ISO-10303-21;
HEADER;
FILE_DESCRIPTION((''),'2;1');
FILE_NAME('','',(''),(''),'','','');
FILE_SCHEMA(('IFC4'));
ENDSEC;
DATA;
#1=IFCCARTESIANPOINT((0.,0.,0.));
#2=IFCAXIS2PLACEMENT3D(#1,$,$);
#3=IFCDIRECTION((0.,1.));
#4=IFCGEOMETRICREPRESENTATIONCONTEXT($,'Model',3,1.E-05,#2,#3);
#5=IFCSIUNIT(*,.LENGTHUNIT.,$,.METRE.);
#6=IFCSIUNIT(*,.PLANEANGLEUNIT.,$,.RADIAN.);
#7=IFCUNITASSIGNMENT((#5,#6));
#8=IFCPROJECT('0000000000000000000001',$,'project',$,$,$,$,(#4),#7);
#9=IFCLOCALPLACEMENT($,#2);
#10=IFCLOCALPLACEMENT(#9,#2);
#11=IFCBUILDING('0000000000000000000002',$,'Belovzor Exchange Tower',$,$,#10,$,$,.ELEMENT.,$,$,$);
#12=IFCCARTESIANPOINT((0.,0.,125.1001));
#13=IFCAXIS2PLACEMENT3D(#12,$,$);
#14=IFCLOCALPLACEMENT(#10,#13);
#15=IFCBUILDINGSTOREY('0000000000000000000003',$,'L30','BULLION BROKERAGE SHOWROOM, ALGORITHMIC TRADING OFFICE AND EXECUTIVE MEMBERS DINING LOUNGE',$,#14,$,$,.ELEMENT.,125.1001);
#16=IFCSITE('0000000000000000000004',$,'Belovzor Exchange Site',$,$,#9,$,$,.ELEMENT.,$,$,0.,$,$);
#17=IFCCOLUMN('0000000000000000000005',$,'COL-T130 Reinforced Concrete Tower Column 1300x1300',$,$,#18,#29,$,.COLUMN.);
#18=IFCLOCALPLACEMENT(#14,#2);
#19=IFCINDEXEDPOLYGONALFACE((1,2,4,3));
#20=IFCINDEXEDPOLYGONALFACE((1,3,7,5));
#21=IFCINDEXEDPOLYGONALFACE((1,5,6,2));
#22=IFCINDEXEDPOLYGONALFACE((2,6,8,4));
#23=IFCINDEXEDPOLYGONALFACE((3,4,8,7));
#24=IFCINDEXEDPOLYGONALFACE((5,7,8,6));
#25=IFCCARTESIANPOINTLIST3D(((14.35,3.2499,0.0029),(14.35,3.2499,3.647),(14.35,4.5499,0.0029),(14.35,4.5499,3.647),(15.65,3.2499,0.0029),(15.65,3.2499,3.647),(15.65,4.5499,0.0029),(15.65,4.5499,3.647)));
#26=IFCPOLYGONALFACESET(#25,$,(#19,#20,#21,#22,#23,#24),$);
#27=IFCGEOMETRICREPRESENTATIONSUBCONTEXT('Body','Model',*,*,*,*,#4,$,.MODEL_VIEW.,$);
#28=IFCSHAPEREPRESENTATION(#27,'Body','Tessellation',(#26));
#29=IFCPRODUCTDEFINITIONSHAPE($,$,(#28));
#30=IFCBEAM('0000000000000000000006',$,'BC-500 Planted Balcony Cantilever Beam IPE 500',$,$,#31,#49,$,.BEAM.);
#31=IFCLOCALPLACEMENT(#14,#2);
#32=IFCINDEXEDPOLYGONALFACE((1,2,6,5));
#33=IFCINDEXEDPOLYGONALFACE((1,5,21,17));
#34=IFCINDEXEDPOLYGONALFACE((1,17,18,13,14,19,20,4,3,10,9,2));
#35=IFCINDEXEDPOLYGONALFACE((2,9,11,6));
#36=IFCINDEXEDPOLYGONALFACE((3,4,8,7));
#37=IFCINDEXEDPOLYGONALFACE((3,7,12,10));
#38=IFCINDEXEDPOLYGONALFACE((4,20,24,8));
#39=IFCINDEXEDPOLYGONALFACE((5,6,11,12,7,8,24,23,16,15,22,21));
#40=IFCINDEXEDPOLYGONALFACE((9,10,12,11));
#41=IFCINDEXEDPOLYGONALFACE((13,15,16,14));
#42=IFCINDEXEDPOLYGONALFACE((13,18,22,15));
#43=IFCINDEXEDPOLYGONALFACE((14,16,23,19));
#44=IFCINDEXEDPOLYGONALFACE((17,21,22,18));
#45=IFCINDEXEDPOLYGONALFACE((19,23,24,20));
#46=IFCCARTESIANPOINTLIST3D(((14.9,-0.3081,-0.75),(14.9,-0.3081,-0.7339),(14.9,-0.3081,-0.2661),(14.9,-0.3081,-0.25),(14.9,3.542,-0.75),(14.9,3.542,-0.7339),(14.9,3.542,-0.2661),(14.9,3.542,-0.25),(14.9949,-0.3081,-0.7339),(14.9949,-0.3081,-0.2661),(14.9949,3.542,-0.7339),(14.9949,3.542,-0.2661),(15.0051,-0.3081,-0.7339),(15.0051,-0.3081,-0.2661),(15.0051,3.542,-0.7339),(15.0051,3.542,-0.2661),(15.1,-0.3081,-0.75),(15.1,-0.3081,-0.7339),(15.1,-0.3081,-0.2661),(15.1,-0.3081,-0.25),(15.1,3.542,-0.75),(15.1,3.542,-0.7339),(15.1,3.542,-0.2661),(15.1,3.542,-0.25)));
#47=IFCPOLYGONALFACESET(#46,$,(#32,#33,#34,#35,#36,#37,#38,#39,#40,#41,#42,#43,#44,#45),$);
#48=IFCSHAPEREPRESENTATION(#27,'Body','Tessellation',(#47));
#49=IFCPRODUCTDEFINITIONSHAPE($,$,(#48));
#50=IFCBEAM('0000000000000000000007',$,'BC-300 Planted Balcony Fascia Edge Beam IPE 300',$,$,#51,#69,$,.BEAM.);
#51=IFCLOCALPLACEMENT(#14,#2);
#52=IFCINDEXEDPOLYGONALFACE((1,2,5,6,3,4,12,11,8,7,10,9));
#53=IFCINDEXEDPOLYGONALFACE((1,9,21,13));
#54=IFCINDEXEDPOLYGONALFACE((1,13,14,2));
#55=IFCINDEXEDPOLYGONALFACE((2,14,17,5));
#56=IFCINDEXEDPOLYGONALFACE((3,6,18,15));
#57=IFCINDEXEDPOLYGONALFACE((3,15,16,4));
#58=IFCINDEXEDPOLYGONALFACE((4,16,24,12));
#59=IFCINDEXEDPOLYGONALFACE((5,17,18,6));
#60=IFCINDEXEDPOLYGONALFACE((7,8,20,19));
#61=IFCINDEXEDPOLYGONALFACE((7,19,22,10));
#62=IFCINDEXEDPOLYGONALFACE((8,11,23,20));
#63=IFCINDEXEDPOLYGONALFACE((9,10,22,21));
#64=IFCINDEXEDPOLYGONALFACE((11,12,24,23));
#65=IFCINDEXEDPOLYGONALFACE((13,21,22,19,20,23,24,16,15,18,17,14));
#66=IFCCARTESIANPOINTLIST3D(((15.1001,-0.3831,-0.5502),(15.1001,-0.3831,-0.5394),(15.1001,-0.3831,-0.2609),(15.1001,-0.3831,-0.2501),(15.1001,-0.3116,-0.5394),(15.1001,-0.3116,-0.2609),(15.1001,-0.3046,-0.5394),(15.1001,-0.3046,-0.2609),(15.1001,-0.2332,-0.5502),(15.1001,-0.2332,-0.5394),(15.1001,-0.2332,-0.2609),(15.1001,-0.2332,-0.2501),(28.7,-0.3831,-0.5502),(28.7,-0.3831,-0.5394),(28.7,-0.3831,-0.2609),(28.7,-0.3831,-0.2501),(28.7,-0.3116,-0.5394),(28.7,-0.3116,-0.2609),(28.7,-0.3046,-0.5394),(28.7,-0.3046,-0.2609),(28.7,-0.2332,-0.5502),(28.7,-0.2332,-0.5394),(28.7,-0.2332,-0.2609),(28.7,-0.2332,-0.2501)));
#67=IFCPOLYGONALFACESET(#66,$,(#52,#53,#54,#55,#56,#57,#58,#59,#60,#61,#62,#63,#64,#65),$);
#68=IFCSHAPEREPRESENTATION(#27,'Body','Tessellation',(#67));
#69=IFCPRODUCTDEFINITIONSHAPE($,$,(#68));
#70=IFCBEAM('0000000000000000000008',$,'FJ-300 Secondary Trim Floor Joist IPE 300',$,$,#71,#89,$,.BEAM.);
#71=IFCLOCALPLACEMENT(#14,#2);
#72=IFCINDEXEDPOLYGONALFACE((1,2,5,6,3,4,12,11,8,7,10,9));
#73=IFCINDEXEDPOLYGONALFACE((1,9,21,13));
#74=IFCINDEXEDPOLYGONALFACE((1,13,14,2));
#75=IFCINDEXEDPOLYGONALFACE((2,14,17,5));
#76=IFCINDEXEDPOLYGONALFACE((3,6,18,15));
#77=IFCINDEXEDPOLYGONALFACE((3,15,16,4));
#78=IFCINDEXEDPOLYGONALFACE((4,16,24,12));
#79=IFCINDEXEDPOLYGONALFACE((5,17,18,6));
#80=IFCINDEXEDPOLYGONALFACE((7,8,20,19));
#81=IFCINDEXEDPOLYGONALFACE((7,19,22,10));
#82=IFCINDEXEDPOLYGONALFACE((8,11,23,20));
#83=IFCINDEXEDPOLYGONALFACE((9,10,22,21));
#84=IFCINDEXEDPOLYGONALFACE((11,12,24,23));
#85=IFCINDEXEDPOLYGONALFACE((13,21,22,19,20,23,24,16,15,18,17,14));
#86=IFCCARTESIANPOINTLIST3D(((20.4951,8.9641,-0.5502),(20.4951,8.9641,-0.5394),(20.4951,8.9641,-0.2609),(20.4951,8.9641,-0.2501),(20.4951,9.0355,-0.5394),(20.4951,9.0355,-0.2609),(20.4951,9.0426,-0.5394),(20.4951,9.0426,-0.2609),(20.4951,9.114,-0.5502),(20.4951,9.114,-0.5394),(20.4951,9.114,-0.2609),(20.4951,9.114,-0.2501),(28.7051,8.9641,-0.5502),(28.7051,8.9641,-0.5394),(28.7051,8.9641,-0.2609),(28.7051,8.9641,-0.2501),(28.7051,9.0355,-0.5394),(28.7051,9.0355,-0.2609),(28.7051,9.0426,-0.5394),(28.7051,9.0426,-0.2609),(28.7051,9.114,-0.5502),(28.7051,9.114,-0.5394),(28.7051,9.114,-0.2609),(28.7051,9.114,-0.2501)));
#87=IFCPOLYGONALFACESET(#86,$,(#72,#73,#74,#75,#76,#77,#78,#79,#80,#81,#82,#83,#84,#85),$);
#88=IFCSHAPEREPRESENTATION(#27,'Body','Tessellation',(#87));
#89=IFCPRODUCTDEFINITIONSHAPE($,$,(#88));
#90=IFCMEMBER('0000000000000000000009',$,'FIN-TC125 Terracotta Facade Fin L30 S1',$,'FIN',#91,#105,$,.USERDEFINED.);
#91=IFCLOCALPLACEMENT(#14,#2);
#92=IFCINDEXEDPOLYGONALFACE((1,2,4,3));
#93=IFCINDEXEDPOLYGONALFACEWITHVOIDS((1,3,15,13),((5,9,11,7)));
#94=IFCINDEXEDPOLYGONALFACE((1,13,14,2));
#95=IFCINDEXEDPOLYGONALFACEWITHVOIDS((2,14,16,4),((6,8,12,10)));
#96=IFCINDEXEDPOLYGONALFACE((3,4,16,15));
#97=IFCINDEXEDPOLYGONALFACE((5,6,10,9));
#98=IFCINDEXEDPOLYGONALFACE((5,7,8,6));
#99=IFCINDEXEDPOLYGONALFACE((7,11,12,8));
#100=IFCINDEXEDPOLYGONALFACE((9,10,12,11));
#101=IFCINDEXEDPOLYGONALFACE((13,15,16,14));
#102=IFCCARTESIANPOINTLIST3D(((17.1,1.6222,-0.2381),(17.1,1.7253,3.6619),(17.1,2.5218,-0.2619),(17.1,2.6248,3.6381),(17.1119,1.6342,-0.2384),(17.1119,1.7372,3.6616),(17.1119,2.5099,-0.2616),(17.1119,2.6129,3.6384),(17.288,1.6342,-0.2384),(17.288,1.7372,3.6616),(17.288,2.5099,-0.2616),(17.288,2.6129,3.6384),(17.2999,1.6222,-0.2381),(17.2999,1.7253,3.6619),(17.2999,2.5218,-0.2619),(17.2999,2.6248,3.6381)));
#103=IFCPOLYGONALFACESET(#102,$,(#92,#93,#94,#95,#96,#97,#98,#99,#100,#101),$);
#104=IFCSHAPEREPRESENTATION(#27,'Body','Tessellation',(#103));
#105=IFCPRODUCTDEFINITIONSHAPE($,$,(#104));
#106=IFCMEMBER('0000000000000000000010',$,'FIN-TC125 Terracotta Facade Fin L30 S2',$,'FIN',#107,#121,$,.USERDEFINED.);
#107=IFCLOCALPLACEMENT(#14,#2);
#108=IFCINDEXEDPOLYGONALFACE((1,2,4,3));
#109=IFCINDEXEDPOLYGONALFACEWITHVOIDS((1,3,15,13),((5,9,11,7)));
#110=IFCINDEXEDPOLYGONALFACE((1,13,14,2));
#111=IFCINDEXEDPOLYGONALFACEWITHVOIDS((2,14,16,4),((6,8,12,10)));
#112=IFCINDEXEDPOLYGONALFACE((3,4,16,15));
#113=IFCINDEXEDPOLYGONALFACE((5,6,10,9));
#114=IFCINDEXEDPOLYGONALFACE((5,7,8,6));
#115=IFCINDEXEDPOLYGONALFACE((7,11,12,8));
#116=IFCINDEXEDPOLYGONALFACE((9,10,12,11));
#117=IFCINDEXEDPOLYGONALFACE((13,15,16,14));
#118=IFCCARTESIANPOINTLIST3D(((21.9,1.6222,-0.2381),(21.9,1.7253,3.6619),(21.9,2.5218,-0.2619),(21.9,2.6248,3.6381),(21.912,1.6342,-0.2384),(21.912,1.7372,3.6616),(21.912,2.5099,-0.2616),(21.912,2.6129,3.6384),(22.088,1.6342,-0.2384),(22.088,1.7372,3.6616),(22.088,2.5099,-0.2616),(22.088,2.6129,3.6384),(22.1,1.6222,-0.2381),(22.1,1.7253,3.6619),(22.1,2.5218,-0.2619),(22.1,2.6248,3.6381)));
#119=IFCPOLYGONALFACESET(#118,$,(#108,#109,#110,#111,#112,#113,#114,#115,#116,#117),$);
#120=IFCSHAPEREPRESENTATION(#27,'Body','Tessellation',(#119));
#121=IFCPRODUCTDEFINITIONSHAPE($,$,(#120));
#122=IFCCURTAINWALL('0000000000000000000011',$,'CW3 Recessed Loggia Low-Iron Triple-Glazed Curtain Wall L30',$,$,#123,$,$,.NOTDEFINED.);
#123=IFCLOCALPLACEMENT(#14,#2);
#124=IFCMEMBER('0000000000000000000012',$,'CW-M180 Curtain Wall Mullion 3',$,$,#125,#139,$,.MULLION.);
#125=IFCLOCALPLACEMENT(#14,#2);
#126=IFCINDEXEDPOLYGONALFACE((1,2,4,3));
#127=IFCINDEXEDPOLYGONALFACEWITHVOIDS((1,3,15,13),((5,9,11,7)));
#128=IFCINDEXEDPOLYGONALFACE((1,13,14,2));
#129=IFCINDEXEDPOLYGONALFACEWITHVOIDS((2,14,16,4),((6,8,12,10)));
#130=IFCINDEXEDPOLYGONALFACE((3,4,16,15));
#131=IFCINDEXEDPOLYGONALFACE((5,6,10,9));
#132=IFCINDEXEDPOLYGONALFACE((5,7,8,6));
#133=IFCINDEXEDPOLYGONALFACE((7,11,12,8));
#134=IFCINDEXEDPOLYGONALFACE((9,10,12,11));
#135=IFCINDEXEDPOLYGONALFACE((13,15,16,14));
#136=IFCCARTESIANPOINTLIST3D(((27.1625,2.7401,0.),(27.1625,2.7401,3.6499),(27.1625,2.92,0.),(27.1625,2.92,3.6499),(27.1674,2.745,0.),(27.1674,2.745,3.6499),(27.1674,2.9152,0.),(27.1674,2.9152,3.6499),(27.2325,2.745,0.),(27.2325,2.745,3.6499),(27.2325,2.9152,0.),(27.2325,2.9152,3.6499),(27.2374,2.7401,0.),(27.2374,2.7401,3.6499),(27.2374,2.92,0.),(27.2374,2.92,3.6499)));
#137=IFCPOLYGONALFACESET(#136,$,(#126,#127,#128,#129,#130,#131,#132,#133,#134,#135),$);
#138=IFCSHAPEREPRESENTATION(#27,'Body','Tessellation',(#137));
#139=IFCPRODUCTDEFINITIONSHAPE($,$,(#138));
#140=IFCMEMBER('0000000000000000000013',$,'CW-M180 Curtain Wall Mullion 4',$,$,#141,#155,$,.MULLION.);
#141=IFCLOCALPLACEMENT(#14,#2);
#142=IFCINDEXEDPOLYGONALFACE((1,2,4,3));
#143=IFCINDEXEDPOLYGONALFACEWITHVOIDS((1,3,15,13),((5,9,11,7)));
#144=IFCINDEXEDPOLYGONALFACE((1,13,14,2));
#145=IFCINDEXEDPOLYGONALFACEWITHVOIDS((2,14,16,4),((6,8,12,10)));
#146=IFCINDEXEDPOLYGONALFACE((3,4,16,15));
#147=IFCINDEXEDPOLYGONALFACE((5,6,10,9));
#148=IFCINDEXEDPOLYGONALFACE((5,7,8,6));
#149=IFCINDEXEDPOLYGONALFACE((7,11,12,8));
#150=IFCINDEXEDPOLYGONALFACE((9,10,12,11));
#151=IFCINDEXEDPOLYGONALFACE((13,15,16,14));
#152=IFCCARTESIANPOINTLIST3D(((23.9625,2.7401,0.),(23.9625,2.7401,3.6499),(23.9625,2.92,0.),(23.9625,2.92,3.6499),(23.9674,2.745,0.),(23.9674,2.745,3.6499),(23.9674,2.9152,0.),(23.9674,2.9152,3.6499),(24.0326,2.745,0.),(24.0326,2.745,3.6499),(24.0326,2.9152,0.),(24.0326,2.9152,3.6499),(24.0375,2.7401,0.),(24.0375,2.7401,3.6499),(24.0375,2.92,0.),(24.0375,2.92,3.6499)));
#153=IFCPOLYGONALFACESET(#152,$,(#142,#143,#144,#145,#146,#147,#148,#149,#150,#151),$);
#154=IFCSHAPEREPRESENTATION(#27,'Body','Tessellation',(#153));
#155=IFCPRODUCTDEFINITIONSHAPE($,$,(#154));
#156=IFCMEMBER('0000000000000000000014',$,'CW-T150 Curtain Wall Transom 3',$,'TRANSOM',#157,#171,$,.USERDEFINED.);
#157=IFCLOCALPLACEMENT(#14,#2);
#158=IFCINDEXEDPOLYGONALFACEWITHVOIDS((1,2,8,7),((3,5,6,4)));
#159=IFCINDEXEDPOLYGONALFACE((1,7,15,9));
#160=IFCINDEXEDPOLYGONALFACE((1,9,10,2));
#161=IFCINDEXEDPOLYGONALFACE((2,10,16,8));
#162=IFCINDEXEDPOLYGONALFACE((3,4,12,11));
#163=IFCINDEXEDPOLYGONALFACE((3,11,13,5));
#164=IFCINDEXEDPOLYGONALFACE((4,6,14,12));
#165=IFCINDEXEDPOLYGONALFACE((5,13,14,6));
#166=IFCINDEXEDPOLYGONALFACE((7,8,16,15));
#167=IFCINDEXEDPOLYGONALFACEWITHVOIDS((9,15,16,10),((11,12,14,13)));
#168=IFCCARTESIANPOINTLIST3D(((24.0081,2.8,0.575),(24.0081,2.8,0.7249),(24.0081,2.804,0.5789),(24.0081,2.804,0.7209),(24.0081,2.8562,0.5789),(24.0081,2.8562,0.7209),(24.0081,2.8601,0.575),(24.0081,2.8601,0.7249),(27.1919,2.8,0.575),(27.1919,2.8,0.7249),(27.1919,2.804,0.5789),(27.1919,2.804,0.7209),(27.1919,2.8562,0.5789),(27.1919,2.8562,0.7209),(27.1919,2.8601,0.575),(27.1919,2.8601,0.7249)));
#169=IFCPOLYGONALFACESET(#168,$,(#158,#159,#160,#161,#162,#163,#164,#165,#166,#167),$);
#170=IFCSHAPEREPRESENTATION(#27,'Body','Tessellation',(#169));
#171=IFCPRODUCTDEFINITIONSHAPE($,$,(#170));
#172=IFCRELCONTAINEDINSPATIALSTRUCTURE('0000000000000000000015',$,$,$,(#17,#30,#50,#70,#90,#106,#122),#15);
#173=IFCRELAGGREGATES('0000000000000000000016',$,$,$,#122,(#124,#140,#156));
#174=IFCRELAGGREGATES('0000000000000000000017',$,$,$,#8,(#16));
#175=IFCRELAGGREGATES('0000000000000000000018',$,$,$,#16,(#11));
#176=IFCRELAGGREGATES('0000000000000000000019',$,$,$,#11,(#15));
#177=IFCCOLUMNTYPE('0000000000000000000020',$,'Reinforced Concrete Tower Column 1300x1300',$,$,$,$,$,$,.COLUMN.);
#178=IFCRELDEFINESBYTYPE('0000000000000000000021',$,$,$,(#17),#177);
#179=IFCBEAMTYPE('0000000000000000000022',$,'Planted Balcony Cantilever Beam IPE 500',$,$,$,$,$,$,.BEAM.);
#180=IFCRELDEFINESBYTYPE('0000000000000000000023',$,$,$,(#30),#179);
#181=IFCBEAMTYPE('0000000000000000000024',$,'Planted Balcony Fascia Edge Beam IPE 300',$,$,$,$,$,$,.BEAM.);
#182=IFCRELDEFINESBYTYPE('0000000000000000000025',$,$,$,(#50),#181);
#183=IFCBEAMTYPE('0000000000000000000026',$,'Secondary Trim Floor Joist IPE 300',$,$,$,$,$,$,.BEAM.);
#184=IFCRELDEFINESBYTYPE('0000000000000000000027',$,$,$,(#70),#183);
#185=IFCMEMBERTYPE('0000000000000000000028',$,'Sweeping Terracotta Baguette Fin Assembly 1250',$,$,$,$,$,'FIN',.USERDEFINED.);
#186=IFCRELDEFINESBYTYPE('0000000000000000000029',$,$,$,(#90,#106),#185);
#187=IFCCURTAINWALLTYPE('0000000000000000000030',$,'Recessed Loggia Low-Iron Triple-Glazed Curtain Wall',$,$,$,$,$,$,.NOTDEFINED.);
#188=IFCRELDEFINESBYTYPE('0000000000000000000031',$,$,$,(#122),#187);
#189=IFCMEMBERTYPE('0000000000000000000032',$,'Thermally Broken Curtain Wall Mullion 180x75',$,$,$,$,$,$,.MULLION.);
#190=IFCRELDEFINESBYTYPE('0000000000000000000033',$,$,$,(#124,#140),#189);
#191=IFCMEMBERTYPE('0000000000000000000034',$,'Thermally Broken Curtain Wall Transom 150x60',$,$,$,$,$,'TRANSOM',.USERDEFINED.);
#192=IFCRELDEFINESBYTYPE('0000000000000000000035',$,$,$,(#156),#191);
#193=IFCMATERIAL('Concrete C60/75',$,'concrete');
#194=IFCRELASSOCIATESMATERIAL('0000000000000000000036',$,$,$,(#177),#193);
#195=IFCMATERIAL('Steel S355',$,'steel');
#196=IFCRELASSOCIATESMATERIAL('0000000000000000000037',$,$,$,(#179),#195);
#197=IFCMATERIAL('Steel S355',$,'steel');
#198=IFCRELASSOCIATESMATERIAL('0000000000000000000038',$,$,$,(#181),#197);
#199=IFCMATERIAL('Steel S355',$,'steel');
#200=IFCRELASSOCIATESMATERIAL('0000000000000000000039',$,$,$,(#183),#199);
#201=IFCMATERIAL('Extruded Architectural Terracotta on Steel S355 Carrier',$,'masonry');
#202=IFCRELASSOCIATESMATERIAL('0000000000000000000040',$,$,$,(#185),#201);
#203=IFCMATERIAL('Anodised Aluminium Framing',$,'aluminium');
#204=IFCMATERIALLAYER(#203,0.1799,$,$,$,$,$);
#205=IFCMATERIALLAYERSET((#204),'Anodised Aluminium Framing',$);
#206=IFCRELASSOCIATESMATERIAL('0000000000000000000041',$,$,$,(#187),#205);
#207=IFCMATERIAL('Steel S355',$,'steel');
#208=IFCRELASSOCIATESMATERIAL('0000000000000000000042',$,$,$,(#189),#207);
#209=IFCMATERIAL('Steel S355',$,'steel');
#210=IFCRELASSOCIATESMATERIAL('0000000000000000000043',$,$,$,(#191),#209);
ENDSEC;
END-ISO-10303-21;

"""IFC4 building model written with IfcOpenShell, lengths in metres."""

from ifc_helpers import new_model, si_unit, direction, frame, origin, origin_2d, place, context, subcontext, project, spatial, rectangle, hollow_rectangle, i_section, extrude, material, layer, layer_set, material_profile, profile_set, type_object, element, aggregate, save


model = new_model("IFC4")

# Units and contexts
model_context = context("Model", 3, precision=1e-05, world=origin(), true_north=direction((0.0, 1.0)))
body_context = subcontext(model_context, "Body", "Model", "MODEL_VIEW")
ifc_project = project(units=[si_unit("LENGTHUNIT", "METRE"), si_unit("PLANEANGLEUNIT", "RADIAN")], contexts=[model_context])

# Site, building, storey
site_placement = place(None, origin())
site = spatial("IfcSite", under=ifc_project, at=site_placement, Name="Belovzor Exchange Site", CompositionType="ELEMENT", RefElevation=0.0)
building_placement = place(site_placement, origin())
building = spatial("IfcBuilding", under=site, at=building_placement, Name="Belovzor Exchange Tower", CompositionType="ELEMENT")
storey_placement = place(building_placement, frame((0.0, 0.0, 125.1001)))
storey = spatial("IfcBuildingStorey", under=building, at=storey_placement, Name="L30", Description="BULLION BROKERAGE SHOWROOM, ALGORITHMIC TRADING OFFICE AND EXECUTIVE MEMBERS DINING LOUNGE", CompositionType="ELEMENT", Elevation=125.1001)

# Column
ifc_material_1 = material(Name="Concrete C60/75", Category="concrete")
ifc_material_profile_1 = material_profile(ifc_material_1, rectangle(XDim=1.3, YDim=1.3, at=origin_2d()))
ifc_profile_set_1 = profile_set([ifc_material_profile_1], Name="Concrete C60/75")
column_type = type_object("IfcColumnType", Name="Reinforced Concrete Tower Column 1300x1300", PredefinedType="COLUMN", material=ifc_profile_set_1)
column_placement = place(storey_placement, frame((15.0, 3.8999, 0.0029), z_axis=(0.0, 0.0, 1.0), x_axis=(1.0, 0.0, 0.0)))
element("IfcColumn", 1, at=column_placement, inside=storey, type_object=column_type, Name="COL-T130 Reinforced Concrete Tower Column 1300x1300", PredefinedType="COLUMN", context=body_context, shape_type="SweptSolid", body=[
    extrude(rectangle(XDim=1.3, YDim=1.3, at=origin_2d()), origin(), (0.0, 0.0, 1.0), 3.644),
])

# Beams
ifc_material_2 = material(Name="Steel S355", Category="steel")
ifc_material_profile_2 = material_profile(ifc_material_2, i_section(OverallWidth=0.2, OverallDepth=0.5, WebThickness=0.0103, FlangeThickness=0.0161, at=origin_2d()))
ifc_profile_set_2 = profile_set([ifc_material_profile_2], Name="Steel S355")
beam_type_1 = type_object("IfcBeamType", Name="Planted Balcony Cantilever Beam IPE 500", PredefinedType="BEAM", material=ifc_profile_set_2)
beam_1_placement = place(storey_placement, frame((15.0, 3.542, -0.5), z_axis=(0.0, -1.0, 0.0), x_axis=(1.0, 0.0, 0.0)))
element("IfcBeam", 2, at=beam_1_placement, inside=storey, type_object=beam_type_1, Name="BC-500 Planted Balcony Cantilever Beam IPE 500", PredefinedType="BEAM", context=body_context, shape_type="SweptSolid", body=[
    extrude(i_section(OverallWidth=0.2, OverallDepth=0.5, WebThickness=0.0103, FlangeThickness=0.0161, at=origin_2d()), origin(), (0.0, 0.0, 1.0), 3.8501),
])
ifc_material_3 = material(Name="Steel S355", Category="steel")
ifc_material_profile_3 = material_profile(ifc_material_3, i_section(OverallWidth=0.1499, OverallDepth=0.3, WebThickness=0.0071, FlangeThickness=0.0107, at=origin_2d()))
ifc_profile_set_3 = profile_set([ifc_material_profile_3], Name="Steel S355")
beam_type_2 = type_object("IfcBeamType", Name="Planted Balcony Fascia Edge Beam IPE 300", PredefinedType="BEAM", material=ifc_profile_set_3)
beam_2_placement = place(storey_placement, frame((15.1001, -0.3081, -0.4001), z_axis=(1.0, 0.0, 0.0), x_axis=(0.0, 1.0, 0.0)))
element("IfcBeam", 3, at=beam_2_placement, inside=storey, type_object=beam_type_2, Name="BC-300 Planted Balcony Fascia Edge Beam IPE 300", PredefinedType="BEAM", context=body_context, shape_type="SweptSolid", body=[
    extrude(i_section(OverallWidth=0.1499, OverallDepth=0.3, WebThickness=0.0071, FlangeThickness=0.0107, at=origin_2d()), origin(), (0.0, 0.0, 1.0), 13.5999),
])
ifc_material_4 = material(Name="Steel S355", Category="steel")
ifc_material_profile_4 = material_profile(ifc_material_4, i_section(OverallWidth=0.1499, OverallDepth=0.3, WebThickness=0.0071, FlangeThickness=0.0107, at=origin_2d()))
ifc_profile_set_4 = profile_set([ifc_material_profile_4], Name="Steel S355")
beam_type_3 = type_object("IfcBeamType", Name="Secondary Trim Floor Joist IPE 300", PredefinedType="BEAM", material=ifc_profile_set_4)
beam_3_placement = place(storey_placement, frame((20.4951, 9.0391, -0.4001), z_axis=(1.0, 0.0, 0.0), x_axis=(0.0, 1.0, 0.0)))
element("IfcBeam", 4, at=beam_3_placement, inside=storey, type_object=beam_type_3, Name="FJ-300 Secondary Trim Floor Joist IPE 300", PredefinedType="BEAM", context=body_context, shape_type="SweptSolid", body=[
    extrude(i_section(OverallWidth=0.1499, OverallDepth=0.3, WebThickness=0.0071, FlangeThickness=0.0107, at=origin_2d()), origin(), (0.0, 0.0, 1.0), 8.21),
])

# Members
ifc_material_5 = material(Name="Extruded Architectural Terracotta on Steel S355 Carrier", Category="masonry")
ifc_material_profile_5 = material_profile(ifc_material_5, hollow_rectangle(XDim=0.2, YDim=0.8999, WallThickness=0.012, at=origin_2d()))
ifc_profile_set_5 = profile_set([ifc_material_profile_5], Name="Extruded Architectural Terracotta on Steel S355 Carrier")
member_type_1 = type_object("IfcMemberType", Name="Sweeping Terracotta Baguette Fin Assembly 1250", ElementType="FIN", PredefinedType="USERDEFINED", material=ifc_profile_set_5)
for number, where, z_axis, x_axis, name in (
    (5, (17.2, 2.072, -0.25), (0.0, 0.026409, 0.999651), (-1.0, 0.0, 0.0), "FIN-TC125 Terracotta Facade Fin L30 S1"),
    (6, (22.0, 2.072, -0.25), (0.0, 0.026409, 0.999651), (-1.0, 0.0, 0.0), "FIN-TC125 Terracotta Facade Fin L30 S2"),
):
    element("IfcMember", number, at=place(storey_placement, frame(where, z_axis=z_axis, x_axis=x_axis)), inside=storey, type_object=member_type_1, Name=name, ObjectType="FIN", PredefinedType="USERDEFINED", context=body_context, shape_type="SweptSolid", body=[
        extrude(hollow_rectangle(XDim=0.2, YDim=0.8999, WallThickness=0.012, at=origin_2d()), origin(), (0.0, 0.0, 1.0), 3.9014),
    ])

# Curtain wall, members
ifc_material_6 = material(Name="Anodised Aluminium Framing", Category="aluminium")
ifc_layer_1 = layer(ifc_material_6, 0.1799)
ifc_layer_set_1 = layer_set([ifc_layer_1], Name="Anodised Aluminium Framing")
curtain_wall_type = type_object("IfcCurtainWallType", Name="Recessed Loggia Low-Iron Triple-Glazed Curtain Wall", PredefinedType="NOTDEFINED", material=ifc_layer_set_1)
curtain_wall_placement = place(storey_placement, origin())
curtain_wall = element("IfcCurtainWall", 7, at=curtain_wall_placement, inside=storey, type_object=curtain_wall_type, Name="CW3 Recessed Loggia Low-Iron Triple-Glazed Curtain Wall L30", PredefinedType="NOTDEFINED")
ifc_material_7 = material(Name="Steel S355", Category="steel")
ifc_material_profile_6 = material_profile(ifc_material_7, hollow_rectangle(XDim=0.075, YDim=0.1799, WallThickness=0.0049, at=origin_2d()))
ifc_profile_set_6 = profile_set([ifc_material_profile_6], Name="Steel S355")
member_type_2 = type_object("IfcMemberType", Name="Thermally Broken Curtain Wall Mullion 180x75", PredefinedType="MULLION", material=ifc_profile_set_6)
member_1_placement = place(storey_placement, frame((27.2, 2.8301, 0.0), z_axis=(0.0, 0.0, 1.0), x_axis=(-1.0, 0.0, 0.0)))
member_1 = element("IfcMember", 8, at=member_1_placement, type_object=member_type_2, Name="CW-M180 Curtain Wall Mullion 3", PredefinedType="MULLION", context=body_context, shape_type="SweptSolid", body=[
    extrude(hollow_rectangle(XDim=0.075, YDim=0.1799, WallThickness=0.0049, at=origin_2d()), origin(), (0.0, 0.0, 1.0), 3.6499),
])
member_2_placement = place(storey_placement, frame((24.0, 2.8301, 0.0), z_axis=(0.0, 0.0, 1.0), x_axis=(-1.0, 0.0, 0.0)))
member_2 = element("IfcMember", 9, at=member_2_placement, type_object=member_type_2, Name="CW-M180 Curtain Wall Mullion 4", PredefinedType="MULLION", context=body_context, shape_type="SweptSolid", body=[
    extrude(hollow_rectangle(XDim=0.075, YDim=0.1799, WallThickness=0.0049, at=origin_2d()), origin(), (0.0, 0.0, 1.0), 3.6499),
])
ifc_material_8 = material(Name="Steel S355", Category="steel")
ifc_material_profile_7 = material_profile(ifc_material_8, hollow_rectangle(XDim=0.0601, YDim=0.1499, WallThickness=0.0039, at=origin_2d()))
ifc_profile_set_7 = profile_set([ifc_material_profile_7], Name="Steel S355")
member_type_3 = type_object("IfcMemberType", Name="Thermally Broken Curtain Wall Transom 150x60", ElementType="TRANSOM", PredefinedType="USERDEFINED", material=ifc_profile_set_7)
member_3_placement = place(storey_placement, frame((27.1919, 2.8301, 0.6499), z_axis=(-1.0, 0.0, 0.0), x_axis=(0.0, -1.0, 0.0)))
member_3 = element("IfcMember", 10, at=member_3_placement, type_object=member_type_3, Name="CW-T150 Curtain Wall Transom 3", ObjectType="TRANSOM", PredefinedType="USERDEFINED", context=body_context, shape_type="SweptSolid", body=[
    extrude(hollow_rectangle(XDim=0.0601, YDim=0.1499, WallThickness=0.0039, at=origin_2d()), origin(), (0.0, 0.0, 1.0), 3.1838),
])

aggregate(curtain_wall, [member_1, member_2, member_3])

save(model, "model.ifc")
